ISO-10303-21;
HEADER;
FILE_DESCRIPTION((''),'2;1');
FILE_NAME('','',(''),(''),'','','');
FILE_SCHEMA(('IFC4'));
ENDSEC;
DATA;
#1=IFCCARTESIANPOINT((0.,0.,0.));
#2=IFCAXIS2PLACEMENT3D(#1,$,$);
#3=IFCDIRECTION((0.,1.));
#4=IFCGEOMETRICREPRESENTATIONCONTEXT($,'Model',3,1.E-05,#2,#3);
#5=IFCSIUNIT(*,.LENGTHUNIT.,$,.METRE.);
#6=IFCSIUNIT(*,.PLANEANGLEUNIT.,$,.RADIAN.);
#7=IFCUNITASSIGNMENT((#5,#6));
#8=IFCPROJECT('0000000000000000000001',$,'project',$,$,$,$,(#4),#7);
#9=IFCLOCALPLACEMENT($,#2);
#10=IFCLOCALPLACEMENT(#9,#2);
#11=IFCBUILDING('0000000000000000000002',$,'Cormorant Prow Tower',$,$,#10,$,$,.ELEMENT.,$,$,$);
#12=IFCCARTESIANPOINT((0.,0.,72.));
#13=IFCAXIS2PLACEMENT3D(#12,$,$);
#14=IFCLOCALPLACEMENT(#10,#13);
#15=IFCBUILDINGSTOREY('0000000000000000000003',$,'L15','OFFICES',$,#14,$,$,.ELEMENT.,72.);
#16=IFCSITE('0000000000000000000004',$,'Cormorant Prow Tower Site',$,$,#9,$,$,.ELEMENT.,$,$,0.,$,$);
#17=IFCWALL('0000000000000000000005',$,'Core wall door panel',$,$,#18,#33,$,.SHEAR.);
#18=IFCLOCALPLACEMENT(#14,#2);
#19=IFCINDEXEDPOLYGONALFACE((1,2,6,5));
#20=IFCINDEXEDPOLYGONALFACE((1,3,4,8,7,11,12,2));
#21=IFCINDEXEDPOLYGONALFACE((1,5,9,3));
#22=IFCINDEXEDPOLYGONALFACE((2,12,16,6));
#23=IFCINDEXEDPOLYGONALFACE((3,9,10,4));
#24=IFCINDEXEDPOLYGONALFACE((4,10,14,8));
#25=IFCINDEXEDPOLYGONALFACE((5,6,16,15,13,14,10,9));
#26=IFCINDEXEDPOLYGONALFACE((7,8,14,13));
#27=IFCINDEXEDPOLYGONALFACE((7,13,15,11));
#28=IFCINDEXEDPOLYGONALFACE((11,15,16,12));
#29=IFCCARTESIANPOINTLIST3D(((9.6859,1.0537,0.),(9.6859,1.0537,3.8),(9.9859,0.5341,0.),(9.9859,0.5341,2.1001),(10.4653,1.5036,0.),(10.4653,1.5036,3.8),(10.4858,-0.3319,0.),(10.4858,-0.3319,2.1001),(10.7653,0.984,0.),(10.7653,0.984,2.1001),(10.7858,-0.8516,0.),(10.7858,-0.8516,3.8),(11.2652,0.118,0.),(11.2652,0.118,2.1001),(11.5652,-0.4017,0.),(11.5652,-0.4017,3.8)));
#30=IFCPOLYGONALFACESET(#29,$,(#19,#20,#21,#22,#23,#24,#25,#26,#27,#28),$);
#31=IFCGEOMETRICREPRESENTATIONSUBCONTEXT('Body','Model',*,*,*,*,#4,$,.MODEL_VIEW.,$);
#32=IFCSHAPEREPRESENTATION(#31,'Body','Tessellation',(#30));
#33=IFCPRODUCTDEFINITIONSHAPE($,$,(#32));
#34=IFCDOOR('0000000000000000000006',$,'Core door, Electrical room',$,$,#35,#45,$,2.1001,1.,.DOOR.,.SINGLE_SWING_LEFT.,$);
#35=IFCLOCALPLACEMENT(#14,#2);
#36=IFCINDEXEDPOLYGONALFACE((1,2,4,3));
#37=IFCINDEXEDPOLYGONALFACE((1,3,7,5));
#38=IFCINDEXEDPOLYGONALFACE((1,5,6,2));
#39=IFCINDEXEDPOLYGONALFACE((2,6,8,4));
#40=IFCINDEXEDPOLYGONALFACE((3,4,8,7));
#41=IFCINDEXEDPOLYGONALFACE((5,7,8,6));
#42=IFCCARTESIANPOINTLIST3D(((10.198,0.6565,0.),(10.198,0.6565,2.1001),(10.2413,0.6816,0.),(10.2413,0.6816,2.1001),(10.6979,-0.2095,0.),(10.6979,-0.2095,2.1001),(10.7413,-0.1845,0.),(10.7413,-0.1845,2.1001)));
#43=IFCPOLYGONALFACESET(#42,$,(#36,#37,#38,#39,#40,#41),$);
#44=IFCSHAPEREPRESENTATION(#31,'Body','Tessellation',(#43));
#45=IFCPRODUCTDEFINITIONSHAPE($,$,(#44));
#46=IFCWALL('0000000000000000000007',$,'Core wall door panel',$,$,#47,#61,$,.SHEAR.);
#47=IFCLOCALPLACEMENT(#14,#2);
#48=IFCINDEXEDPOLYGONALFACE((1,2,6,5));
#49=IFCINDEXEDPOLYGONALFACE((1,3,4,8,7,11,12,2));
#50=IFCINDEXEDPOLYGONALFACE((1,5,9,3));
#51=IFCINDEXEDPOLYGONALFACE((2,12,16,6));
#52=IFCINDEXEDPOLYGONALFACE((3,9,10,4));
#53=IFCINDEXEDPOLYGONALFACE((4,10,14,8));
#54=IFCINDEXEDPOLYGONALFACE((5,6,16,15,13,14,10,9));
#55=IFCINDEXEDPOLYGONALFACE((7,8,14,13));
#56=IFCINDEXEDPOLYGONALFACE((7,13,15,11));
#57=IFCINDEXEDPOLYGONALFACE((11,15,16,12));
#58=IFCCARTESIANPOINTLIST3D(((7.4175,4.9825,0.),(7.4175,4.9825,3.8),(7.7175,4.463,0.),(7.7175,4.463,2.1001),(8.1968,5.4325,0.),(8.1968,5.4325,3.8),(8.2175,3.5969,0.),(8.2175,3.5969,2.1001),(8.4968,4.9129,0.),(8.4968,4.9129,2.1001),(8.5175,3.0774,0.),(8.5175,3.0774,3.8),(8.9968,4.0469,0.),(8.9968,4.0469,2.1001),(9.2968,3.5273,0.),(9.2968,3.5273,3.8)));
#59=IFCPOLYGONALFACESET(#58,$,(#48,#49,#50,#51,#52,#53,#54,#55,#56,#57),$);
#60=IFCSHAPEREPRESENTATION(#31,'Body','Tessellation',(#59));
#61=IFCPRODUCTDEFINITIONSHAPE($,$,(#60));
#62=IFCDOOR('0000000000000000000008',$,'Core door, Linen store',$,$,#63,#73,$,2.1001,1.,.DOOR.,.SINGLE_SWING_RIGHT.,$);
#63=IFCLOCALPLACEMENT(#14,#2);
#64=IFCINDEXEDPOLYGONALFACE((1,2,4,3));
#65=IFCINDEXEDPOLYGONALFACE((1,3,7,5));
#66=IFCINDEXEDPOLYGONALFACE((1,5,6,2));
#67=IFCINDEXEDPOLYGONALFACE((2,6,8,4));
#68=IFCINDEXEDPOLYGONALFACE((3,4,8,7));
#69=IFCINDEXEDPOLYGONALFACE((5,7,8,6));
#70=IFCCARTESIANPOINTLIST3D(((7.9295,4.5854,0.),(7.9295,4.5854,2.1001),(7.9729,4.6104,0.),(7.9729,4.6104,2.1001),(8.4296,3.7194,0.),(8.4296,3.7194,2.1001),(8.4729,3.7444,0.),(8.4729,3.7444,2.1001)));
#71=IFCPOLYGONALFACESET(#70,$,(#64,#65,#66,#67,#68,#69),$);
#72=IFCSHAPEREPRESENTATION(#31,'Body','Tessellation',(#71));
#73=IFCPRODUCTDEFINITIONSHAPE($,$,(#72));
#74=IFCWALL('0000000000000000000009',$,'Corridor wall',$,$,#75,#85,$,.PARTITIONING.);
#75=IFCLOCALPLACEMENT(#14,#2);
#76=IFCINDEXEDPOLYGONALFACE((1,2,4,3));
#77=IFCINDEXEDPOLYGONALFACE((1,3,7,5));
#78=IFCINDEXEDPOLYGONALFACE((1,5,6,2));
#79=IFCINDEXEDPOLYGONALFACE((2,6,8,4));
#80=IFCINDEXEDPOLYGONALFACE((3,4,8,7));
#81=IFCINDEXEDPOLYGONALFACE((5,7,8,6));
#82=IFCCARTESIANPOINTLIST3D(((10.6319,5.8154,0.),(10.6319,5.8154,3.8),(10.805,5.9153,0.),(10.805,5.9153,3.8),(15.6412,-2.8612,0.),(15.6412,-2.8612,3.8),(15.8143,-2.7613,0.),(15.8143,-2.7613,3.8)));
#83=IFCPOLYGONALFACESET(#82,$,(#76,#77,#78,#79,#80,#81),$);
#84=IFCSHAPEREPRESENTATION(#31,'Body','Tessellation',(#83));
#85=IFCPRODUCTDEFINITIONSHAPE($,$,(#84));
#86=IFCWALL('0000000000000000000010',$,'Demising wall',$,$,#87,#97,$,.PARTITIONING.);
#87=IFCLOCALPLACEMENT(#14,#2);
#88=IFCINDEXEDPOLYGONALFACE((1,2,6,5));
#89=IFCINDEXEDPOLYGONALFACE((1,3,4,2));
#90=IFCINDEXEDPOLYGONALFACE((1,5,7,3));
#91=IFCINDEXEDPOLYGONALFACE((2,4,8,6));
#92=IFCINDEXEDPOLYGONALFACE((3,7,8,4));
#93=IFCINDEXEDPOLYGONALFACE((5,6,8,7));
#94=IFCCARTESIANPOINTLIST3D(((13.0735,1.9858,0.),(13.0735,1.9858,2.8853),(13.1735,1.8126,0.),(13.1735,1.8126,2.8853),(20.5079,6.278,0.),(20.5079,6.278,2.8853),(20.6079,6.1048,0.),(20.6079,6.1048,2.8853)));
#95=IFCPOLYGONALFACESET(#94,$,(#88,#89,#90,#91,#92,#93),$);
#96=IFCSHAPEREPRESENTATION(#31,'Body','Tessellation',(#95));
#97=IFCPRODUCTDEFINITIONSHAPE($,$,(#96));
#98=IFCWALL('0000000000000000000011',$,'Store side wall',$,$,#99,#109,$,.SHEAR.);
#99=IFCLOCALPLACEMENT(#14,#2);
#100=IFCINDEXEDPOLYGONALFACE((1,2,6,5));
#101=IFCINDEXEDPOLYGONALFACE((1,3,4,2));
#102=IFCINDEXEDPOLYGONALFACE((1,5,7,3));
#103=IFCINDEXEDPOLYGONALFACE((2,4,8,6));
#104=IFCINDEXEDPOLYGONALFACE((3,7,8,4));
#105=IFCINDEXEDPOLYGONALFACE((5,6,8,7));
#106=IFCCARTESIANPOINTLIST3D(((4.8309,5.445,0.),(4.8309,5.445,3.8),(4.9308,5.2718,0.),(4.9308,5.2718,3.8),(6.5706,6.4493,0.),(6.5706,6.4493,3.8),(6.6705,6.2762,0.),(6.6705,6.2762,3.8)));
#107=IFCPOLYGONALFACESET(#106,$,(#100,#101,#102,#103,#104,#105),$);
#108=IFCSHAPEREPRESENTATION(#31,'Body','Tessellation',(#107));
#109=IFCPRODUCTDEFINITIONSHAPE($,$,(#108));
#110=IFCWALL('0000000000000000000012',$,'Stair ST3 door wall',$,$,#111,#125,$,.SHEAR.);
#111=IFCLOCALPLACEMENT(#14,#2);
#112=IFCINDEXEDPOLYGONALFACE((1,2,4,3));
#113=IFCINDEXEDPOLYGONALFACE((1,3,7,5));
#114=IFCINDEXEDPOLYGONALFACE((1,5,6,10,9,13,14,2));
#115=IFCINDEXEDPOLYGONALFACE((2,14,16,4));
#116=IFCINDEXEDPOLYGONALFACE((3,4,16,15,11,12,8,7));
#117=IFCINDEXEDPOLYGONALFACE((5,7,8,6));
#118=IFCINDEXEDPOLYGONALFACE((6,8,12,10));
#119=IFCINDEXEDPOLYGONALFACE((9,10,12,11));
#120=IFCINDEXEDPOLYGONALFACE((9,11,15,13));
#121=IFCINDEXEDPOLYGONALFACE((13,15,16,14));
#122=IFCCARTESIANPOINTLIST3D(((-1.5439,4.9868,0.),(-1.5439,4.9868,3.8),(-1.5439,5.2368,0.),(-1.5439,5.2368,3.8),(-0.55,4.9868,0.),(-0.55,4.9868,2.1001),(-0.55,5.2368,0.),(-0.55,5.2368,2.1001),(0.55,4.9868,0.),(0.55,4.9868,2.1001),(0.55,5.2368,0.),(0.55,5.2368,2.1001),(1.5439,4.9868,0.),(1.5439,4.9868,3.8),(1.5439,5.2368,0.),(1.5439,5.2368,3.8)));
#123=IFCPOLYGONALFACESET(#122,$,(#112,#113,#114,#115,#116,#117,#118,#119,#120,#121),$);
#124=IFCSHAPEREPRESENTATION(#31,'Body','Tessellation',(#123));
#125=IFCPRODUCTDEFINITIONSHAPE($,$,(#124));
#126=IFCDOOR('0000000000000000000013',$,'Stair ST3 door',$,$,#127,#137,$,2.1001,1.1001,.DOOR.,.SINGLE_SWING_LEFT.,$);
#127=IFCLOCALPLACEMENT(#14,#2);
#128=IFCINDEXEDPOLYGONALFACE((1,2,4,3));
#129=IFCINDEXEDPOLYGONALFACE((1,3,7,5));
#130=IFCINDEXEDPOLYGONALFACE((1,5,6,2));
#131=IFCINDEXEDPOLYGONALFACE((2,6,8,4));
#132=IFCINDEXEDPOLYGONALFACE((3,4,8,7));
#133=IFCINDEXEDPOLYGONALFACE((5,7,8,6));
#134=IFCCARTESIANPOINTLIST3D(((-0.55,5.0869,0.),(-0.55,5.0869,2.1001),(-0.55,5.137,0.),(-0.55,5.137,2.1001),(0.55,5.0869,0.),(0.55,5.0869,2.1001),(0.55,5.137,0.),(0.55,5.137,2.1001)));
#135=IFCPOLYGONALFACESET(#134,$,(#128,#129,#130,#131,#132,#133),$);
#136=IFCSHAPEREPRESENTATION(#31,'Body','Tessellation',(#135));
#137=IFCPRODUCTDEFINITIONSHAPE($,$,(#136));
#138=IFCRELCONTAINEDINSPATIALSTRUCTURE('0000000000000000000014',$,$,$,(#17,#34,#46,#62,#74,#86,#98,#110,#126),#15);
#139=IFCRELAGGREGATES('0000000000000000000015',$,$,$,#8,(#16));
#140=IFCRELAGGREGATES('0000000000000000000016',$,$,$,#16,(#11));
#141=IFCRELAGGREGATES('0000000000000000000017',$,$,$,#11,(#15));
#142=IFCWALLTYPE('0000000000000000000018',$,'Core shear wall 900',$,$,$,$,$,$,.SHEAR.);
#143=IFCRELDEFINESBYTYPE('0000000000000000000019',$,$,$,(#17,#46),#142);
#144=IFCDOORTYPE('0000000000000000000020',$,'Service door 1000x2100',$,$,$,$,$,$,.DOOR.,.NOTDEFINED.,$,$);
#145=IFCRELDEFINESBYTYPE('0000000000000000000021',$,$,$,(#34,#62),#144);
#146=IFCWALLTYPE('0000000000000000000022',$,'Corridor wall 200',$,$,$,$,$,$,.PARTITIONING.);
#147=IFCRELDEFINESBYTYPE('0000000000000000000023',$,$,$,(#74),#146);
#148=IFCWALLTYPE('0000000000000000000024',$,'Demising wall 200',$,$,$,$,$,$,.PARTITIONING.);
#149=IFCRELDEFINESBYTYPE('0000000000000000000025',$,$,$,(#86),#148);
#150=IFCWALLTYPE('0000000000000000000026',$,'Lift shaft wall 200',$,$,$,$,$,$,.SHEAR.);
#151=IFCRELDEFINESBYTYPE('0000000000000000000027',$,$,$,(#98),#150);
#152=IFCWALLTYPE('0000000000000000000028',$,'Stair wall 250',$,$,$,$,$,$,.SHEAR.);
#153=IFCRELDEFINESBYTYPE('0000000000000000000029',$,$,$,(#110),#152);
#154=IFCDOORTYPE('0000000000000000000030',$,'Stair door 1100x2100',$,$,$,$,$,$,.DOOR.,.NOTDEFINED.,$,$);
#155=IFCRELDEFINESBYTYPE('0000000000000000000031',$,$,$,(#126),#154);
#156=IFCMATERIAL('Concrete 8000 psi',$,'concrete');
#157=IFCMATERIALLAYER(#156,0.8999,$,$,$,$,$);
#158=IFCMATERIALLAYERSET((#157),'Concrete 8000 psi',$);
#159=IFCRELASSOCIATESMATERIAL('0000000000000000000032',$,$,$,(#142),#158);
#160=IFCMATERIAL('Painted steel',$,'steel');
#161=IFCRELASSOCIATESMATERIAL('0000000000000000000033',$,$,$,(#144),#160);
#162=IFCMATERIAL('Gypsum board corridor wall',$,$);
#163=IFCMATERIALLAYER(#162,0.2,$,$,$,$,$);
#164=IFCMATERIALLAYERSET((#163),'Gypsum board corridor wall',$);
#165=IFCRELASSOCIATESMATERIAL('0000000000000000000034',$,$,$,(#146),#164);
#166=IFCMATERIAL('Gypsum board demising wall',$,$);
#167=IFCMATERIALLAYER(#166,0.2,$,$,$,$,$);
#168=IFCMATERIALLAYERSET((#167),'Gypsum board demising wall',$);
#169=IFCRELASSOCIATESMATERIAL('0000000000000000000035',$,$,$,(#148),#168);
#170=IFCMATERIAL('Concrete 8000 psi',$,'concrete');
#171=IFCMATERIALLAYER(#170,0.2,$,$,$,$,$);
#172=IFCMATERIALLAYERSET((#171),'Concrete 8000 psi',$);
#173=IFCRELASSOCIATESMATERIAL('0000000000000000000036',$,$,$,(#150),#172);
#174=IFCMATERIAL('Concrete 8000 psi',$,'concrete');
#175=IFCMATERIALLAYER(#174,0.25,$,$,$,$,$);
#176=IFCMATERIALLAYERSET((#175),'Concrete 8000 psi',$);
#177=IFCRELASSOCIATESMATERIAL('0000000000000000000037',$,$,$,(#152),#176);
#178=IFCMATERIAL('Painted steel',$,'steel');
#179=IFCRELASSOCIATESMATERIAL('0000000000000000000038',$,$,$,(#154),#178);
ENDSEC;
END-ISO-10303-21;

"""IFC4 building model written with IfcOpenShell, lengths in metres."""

from ifc_helpers import new_model, si_unit, direction, frame, frame_2d, origin, place, context, subcontext, project, spatial, rectangle, extrude, material, layer, layer_set, type_object, element, fill, save


model = new_model("IFC4")

# Units and contexts
model_context = context("Model", 3, precision=1e-05, world=origin(), true_north=direction((0.0, 1.0)))
body_context = subcontext(model_context, "Body", "Model", "MODEL_VIEW")
ifc_project = project(units=[si_unit("LENGTHUNIT", "METRE"), si_unit("PLANEANGLEUNIT", "RADIAN")], contexts=[model_context])

# Site, building, storey
site_placement = place(None, origin())
site = spatial("IfcSite", under=ifc_project, at=site_placement, Name="Cormorant Prow Tower Site", CompositionType="ELEMENT", RefElevation=0.0)
building_placement = place(site_placement, origin())
building = spatial("IfcBuilding", under=site, at=building_placement, Name="Cormorant Prow Tower", CompositionType="ELEMENT")
storey_placement = place(building_placement, frame((0.0, 0.0, 72.0)))
storey = spatial("IfcBuildingStorey", under=building, at=storey_placement, Name="L15", Description="OFFICES", CompositionType="ELEMENT", Elevation=72.0)

# Shared definitions
ifc_material_1 = material(Name="Concrete 8000 psi", Category="concrete")
ifc_layer_1 = layer(ifc_material_1, 0.8999)
ifc_layer_set_1 = layer_set([ifc_layer_1], Name="Concrete 8000 psi")
wall_type_1 = type_object("IfcWallType", Name="Core shear wall 900", PredefinedType="SHEAR", material=ifc_layer_set_1)

# Walls, openings, doors
wall_1_placement = place(storey_placement, frame((11.1755, -0.6267, 0.0), z_axis=(0.0, 0.0, 1.0), x_axis=(-0.499947, 0.866056, 0.0)))
wall_1 = element("IfcWall", 1, at=wall_1_placement, inside=storey, type_object=wall_type_1, Name="Core wall door panel", PredefinedType="SHEAR", context=body_context, shape_type="SweptSolid", body=[
    extrude(rectangle(XDim=2.2, YDim=0.8999, at=frame_2d((1.1001, 0.0))), origin(), (0.0, 0.0, 1.0), 3.8),
])
opening_1_placement = place(wall_1_placement, frame((0.6001, 0.0, 0.0)))
opening_1 = element("IfcOpeningElement", 2, at=opening_1_placement, cuts=wall_1, PredefinedType="OPENING", context=body_context, shape_type="SweptSolid", body=[
    extrude(rectangle(XDim=1.0, YDim=2.1001, at=frame_2d((0.5, 1.05))), frame((0.0, 0.46, 0.0), z_axis=(0.0, -1.0, 0.0), x_axis=(1.0, 0.0, 0.0)), (0.0, 0.0, 1.0), 0.9199),
])
ifc_material_2 = material(Name="Painted steel", Category="steel")
door_type_1 = type_object("IfcDoorType", Name="Service door 1000x2100", OperationType="NOTDEFINED", PredefinedType="DOOR", material=ifc_material_2)
door_1_placement = place(opening_1_placement, origin())
door_1 = element("IfcDoor", 3, at=door_1_placement, inside=storey, type_object=door_type_1, Name="Core door, Electrical room", OperationType="SINGLE_SWING_LEFT", OverallHeight=2.1001, OverallWidth=1.0, PredefinedType="DOOR", context=body_context, shape_type="SweptSolid", body=[
    extrude(rectangle(XDim=1.0, YDim=2.1001, at=frame_2d((0.5, 1.05))), frame((0.0, 0.2051, 0.0), z_axis=(0.0, -1.0, 0.0), x_axis=(1.0, 0.0, 0.0)), (0.0, 0.0, 1.0), 0.05),
])
fill(opening_1, door_1)
wall_2_placement = place(storey_placement, frame((8.9072, 3.3022, 0.0), z_axis=(0.0, 0.0, 1.0), x_axis=(-0.50003, 0.866008, 0.0)))
wall_2 = element("IfcWall", 4, at=wall_2_placement, inside=storey, type_object=wall_type_1, Name="Core wall door panel", PredefinedType="SHEAR", context=body_context, shape_type="SweptSolid", body=[
    extrude(rectangle(XDim=2.2, YDim=0.8999, at=frame_2d((1.1001, 0.0))), origin(), (0.0, 0.0, 1.0), 3.8),
])
opening_2_placement = place(wall_2_placement, frame((0.6001, 0.0, 0.0)))
opening_2 = element("IfcOpeningElement", 5, at=opening_2_placement, cuts=wall_2, PredefinedType="OPENING", context=body_context, shape_type="SweptSolid", body=[
    extrude(rectangle(XDim=1.0, YDim=2.1001, at=frame_2d((0.5, 1.05))), frame((0.0, 0.46, 0.0), z_axis=(0.0, -1.0, 0.0), x_axis=(1.0, 0.0, 0.0)), (0.0, 0.0, 1.0), 0.9199),
])
door_2_placement = place(opening_2_placement, origin())
door_2 = element("IfcDoor", 6, at=door_2_placement, inside=storey, type_object=door_type_1, Name="Core door, Linen store", OperationType="SINGLE_SWING_RIGHT", OverallHeight=2.1001, OverallWidth=1.0, PredefinedType="DOOR", context=body_context, shape_type="SweptSolid", body=[
    extrude(rectangle(XDim=1.0, YDim=2.1001, at=frame_2d((0.5, 1.05))), frame((0.0, 0.2051, 0.0), z_axis=(0.0, -1.0, 0.0), x_axis=(1.0, 0.0, 0.0)), (0.0, 0.0, 1.0), 0.05),
])
fill(opening_2, door_2)

# Walls
ifc_material_3 = material(Name="Gypsum board corridor wall")
ifc_layer_2 = layer(ifc_material_3, 0.2)
ifc_layer_set_2 = layer_set([ifc_layer_2], Name="Gypsum board corridor wall")
wall_type_2 = type_object("IfcWallType", Name="Corridor wall 200", PredefinedType="PARTITIONING", material=ifc_layer_set_2)
wall_3_placement = place(storey_placement, frame((10.7185, 5.8652, 0.0), z_axis=(0.0, 0.0, 1.0), x_axis=(0.499992, -0.86603, 0.0)))
element("IfcWall", 7, at=wall_3_placement, inside=storey, type_object=wall_type_2, Name="Corridor wall", PredefinedType="PARTITIONING", context=body_context, shape_type="SweptSolid", body=[
    extrude(rectangle(XDim=10.0188, YDim=0.2, at=frame_2d((5.0093, 0.0))), origin(), (0.0, 0.0, 1.0), 3.8),
])
ifc_material_4 = material(Name="Gypsum board demising wall")
ifc_layer_3 = layer(ifc_material_4, 0.2)
ifc_layer_set_3 = layer_set([ifc_layer_3], Name="Gypsum board demising wall")
wall_type_3 = type_object("IfcWallType", Name="Demising wall 200", PredefinedType="PARTITIONING", material=ifc_layer_set_3)
wall_4_placement = place(storey_placement, frame((13.1235, 1.8992, 0.0), z_axis=(0.0, 0.0, 1.0), x_axis=(0.866024, 0.500002, 0.0)))
element("IfcWall", 8, at=wall_4_placement, inside=storey, type_object=wall_type_3, Name="Demising wall", PredefinedType="PARTITIONING", context=body_context, shape_type="SweptSolid", body=[
    extrude(rectangle(XDim=8.5845, YDim=0.2, at=frame_2d((4.2922, 0.0))), origin(), (0.0, 0.0, 1.0), 2.8853),
])
ifc_material_5 = material(Name="Concrete 8000 psi", Category="concrete")
ifc_layer_4 = layer(ifc_material_5, 0.2)
ifc_layer_set_4 = layer_set([ifc_layer_4], Name="Concrete 8000 psi")
wall_type_4 = type_object("IfcWallType", Name="Lift shaft wall 200", PredefinedType="SHEAR", material=ifc_layer_set_4)
wall_5_placement = place(storey_placement, frame((4.8809, 5.3584, 0.0), z_axis=(0.0, 0.0, 1.0), x_axis=(0.866036, 0.499982, 0.0)))
element("IfcWall", 9, at=wall_5_placement, inside=storey, type_object=wall_type_4, Name="Store side wall", PredefinedType="SHEAR", context=body_context, shape_type="SweptSolid", body=[
    extrude(rectangle(XDim=2.0088, YDim=0.2, at=frame_2d((1.0044, 0.0))), origin(), (0.0, 0.0, 1.0), 3.8),
])

# Wall, opening, door
ifc_material_6 = material(Name="Concrete 8000 psi", Category="concrete")
ifc_layer_5 = layer(ifc_material_6, 0.25)
ifc_layer_set_5 = layer_set([ifc_layer_5], Name="Concrete 8000 psi")
wall_type_5 = type_object("IfcWallType", Name="Stair wall 250", PredefinedType="SHEAR", material=ifc_layer_set_5)
wall_6_placement = place(storey_placement, frame((1.5439, 5.1118, 0.0), z_axis=(0.0, 0.0, 1.0), x_axis=(-1.0, 0.0, 0.0)))
wall_6 = element("IfcWall", 10, at=wall_6_placement, inside=storey, type_object=wall_type_5, Name="Stair ST3 door wall", PredefinedType="SHEAR", context=body_context, shape_type="SweptSolid", body=[
    extrude(rectangle(XDim=3.0879, YDim=0.25, at=frame_2d((1.5439, 0.0))), origin(), (0.0, 0.0, 1.0), 3.8),
])
opening_3_placement = place(wall_6_placement, frame((0.9939, 0.0, 0.0)))
opening_3 = element("IfcOpeningElement", 11, at=opening_3_placement, cuts=wall_6, PredefinedType="OPENING", context=body_context, shape_type="SweptSolid", body=[
    extrude(rectangle(XDim=1.1001, YDim=2.1001, at=frame_2d((0.55, 1.05))), frame((0.0, 0.135, 0.0), z_axis=(0.0, -1.0, 0.0), x_axis=(1.0, 0.0, 0.0)), (0.0, 0.0, 1.0), 0.27),
])
ifc_material_7 = material(Name="Painted steel", Category="steel")
door_type_2 = type_object("IfcDoorType", Name="Stair door 1100x2100", OperationType="NOTDEFINED", PredefinedType="DOOR", material=ifc_material_7)
door_3_placement = place(opening_3_placement, origin())
door_3 = element("IfcDoor", 12, at=door_3_placement, inside=storey, type_object=door_type_2, Name="Stair ST3 door", OperationType="SINGLE_SWING_LEFT", OverallHeight=2.1001, OverallWidth=1.1001, PredefinedType="DOOR", context=body_context, shape_type="SweptSolid", body=[
    extrude(rectangle(XDim=1.1001, YDim=2.1001, at=frame_2d((0.55, 1.05))), frame((0.0, 0.0249, 0.0), z_axis=(0.0, -1.0, 0.0), x_axis=(1.0, 0.0, 0.0)), (0.0, 0.0, 1.0), 0.05),
])
fill(opening_3, door_3)

save(model, "model.ifc")
